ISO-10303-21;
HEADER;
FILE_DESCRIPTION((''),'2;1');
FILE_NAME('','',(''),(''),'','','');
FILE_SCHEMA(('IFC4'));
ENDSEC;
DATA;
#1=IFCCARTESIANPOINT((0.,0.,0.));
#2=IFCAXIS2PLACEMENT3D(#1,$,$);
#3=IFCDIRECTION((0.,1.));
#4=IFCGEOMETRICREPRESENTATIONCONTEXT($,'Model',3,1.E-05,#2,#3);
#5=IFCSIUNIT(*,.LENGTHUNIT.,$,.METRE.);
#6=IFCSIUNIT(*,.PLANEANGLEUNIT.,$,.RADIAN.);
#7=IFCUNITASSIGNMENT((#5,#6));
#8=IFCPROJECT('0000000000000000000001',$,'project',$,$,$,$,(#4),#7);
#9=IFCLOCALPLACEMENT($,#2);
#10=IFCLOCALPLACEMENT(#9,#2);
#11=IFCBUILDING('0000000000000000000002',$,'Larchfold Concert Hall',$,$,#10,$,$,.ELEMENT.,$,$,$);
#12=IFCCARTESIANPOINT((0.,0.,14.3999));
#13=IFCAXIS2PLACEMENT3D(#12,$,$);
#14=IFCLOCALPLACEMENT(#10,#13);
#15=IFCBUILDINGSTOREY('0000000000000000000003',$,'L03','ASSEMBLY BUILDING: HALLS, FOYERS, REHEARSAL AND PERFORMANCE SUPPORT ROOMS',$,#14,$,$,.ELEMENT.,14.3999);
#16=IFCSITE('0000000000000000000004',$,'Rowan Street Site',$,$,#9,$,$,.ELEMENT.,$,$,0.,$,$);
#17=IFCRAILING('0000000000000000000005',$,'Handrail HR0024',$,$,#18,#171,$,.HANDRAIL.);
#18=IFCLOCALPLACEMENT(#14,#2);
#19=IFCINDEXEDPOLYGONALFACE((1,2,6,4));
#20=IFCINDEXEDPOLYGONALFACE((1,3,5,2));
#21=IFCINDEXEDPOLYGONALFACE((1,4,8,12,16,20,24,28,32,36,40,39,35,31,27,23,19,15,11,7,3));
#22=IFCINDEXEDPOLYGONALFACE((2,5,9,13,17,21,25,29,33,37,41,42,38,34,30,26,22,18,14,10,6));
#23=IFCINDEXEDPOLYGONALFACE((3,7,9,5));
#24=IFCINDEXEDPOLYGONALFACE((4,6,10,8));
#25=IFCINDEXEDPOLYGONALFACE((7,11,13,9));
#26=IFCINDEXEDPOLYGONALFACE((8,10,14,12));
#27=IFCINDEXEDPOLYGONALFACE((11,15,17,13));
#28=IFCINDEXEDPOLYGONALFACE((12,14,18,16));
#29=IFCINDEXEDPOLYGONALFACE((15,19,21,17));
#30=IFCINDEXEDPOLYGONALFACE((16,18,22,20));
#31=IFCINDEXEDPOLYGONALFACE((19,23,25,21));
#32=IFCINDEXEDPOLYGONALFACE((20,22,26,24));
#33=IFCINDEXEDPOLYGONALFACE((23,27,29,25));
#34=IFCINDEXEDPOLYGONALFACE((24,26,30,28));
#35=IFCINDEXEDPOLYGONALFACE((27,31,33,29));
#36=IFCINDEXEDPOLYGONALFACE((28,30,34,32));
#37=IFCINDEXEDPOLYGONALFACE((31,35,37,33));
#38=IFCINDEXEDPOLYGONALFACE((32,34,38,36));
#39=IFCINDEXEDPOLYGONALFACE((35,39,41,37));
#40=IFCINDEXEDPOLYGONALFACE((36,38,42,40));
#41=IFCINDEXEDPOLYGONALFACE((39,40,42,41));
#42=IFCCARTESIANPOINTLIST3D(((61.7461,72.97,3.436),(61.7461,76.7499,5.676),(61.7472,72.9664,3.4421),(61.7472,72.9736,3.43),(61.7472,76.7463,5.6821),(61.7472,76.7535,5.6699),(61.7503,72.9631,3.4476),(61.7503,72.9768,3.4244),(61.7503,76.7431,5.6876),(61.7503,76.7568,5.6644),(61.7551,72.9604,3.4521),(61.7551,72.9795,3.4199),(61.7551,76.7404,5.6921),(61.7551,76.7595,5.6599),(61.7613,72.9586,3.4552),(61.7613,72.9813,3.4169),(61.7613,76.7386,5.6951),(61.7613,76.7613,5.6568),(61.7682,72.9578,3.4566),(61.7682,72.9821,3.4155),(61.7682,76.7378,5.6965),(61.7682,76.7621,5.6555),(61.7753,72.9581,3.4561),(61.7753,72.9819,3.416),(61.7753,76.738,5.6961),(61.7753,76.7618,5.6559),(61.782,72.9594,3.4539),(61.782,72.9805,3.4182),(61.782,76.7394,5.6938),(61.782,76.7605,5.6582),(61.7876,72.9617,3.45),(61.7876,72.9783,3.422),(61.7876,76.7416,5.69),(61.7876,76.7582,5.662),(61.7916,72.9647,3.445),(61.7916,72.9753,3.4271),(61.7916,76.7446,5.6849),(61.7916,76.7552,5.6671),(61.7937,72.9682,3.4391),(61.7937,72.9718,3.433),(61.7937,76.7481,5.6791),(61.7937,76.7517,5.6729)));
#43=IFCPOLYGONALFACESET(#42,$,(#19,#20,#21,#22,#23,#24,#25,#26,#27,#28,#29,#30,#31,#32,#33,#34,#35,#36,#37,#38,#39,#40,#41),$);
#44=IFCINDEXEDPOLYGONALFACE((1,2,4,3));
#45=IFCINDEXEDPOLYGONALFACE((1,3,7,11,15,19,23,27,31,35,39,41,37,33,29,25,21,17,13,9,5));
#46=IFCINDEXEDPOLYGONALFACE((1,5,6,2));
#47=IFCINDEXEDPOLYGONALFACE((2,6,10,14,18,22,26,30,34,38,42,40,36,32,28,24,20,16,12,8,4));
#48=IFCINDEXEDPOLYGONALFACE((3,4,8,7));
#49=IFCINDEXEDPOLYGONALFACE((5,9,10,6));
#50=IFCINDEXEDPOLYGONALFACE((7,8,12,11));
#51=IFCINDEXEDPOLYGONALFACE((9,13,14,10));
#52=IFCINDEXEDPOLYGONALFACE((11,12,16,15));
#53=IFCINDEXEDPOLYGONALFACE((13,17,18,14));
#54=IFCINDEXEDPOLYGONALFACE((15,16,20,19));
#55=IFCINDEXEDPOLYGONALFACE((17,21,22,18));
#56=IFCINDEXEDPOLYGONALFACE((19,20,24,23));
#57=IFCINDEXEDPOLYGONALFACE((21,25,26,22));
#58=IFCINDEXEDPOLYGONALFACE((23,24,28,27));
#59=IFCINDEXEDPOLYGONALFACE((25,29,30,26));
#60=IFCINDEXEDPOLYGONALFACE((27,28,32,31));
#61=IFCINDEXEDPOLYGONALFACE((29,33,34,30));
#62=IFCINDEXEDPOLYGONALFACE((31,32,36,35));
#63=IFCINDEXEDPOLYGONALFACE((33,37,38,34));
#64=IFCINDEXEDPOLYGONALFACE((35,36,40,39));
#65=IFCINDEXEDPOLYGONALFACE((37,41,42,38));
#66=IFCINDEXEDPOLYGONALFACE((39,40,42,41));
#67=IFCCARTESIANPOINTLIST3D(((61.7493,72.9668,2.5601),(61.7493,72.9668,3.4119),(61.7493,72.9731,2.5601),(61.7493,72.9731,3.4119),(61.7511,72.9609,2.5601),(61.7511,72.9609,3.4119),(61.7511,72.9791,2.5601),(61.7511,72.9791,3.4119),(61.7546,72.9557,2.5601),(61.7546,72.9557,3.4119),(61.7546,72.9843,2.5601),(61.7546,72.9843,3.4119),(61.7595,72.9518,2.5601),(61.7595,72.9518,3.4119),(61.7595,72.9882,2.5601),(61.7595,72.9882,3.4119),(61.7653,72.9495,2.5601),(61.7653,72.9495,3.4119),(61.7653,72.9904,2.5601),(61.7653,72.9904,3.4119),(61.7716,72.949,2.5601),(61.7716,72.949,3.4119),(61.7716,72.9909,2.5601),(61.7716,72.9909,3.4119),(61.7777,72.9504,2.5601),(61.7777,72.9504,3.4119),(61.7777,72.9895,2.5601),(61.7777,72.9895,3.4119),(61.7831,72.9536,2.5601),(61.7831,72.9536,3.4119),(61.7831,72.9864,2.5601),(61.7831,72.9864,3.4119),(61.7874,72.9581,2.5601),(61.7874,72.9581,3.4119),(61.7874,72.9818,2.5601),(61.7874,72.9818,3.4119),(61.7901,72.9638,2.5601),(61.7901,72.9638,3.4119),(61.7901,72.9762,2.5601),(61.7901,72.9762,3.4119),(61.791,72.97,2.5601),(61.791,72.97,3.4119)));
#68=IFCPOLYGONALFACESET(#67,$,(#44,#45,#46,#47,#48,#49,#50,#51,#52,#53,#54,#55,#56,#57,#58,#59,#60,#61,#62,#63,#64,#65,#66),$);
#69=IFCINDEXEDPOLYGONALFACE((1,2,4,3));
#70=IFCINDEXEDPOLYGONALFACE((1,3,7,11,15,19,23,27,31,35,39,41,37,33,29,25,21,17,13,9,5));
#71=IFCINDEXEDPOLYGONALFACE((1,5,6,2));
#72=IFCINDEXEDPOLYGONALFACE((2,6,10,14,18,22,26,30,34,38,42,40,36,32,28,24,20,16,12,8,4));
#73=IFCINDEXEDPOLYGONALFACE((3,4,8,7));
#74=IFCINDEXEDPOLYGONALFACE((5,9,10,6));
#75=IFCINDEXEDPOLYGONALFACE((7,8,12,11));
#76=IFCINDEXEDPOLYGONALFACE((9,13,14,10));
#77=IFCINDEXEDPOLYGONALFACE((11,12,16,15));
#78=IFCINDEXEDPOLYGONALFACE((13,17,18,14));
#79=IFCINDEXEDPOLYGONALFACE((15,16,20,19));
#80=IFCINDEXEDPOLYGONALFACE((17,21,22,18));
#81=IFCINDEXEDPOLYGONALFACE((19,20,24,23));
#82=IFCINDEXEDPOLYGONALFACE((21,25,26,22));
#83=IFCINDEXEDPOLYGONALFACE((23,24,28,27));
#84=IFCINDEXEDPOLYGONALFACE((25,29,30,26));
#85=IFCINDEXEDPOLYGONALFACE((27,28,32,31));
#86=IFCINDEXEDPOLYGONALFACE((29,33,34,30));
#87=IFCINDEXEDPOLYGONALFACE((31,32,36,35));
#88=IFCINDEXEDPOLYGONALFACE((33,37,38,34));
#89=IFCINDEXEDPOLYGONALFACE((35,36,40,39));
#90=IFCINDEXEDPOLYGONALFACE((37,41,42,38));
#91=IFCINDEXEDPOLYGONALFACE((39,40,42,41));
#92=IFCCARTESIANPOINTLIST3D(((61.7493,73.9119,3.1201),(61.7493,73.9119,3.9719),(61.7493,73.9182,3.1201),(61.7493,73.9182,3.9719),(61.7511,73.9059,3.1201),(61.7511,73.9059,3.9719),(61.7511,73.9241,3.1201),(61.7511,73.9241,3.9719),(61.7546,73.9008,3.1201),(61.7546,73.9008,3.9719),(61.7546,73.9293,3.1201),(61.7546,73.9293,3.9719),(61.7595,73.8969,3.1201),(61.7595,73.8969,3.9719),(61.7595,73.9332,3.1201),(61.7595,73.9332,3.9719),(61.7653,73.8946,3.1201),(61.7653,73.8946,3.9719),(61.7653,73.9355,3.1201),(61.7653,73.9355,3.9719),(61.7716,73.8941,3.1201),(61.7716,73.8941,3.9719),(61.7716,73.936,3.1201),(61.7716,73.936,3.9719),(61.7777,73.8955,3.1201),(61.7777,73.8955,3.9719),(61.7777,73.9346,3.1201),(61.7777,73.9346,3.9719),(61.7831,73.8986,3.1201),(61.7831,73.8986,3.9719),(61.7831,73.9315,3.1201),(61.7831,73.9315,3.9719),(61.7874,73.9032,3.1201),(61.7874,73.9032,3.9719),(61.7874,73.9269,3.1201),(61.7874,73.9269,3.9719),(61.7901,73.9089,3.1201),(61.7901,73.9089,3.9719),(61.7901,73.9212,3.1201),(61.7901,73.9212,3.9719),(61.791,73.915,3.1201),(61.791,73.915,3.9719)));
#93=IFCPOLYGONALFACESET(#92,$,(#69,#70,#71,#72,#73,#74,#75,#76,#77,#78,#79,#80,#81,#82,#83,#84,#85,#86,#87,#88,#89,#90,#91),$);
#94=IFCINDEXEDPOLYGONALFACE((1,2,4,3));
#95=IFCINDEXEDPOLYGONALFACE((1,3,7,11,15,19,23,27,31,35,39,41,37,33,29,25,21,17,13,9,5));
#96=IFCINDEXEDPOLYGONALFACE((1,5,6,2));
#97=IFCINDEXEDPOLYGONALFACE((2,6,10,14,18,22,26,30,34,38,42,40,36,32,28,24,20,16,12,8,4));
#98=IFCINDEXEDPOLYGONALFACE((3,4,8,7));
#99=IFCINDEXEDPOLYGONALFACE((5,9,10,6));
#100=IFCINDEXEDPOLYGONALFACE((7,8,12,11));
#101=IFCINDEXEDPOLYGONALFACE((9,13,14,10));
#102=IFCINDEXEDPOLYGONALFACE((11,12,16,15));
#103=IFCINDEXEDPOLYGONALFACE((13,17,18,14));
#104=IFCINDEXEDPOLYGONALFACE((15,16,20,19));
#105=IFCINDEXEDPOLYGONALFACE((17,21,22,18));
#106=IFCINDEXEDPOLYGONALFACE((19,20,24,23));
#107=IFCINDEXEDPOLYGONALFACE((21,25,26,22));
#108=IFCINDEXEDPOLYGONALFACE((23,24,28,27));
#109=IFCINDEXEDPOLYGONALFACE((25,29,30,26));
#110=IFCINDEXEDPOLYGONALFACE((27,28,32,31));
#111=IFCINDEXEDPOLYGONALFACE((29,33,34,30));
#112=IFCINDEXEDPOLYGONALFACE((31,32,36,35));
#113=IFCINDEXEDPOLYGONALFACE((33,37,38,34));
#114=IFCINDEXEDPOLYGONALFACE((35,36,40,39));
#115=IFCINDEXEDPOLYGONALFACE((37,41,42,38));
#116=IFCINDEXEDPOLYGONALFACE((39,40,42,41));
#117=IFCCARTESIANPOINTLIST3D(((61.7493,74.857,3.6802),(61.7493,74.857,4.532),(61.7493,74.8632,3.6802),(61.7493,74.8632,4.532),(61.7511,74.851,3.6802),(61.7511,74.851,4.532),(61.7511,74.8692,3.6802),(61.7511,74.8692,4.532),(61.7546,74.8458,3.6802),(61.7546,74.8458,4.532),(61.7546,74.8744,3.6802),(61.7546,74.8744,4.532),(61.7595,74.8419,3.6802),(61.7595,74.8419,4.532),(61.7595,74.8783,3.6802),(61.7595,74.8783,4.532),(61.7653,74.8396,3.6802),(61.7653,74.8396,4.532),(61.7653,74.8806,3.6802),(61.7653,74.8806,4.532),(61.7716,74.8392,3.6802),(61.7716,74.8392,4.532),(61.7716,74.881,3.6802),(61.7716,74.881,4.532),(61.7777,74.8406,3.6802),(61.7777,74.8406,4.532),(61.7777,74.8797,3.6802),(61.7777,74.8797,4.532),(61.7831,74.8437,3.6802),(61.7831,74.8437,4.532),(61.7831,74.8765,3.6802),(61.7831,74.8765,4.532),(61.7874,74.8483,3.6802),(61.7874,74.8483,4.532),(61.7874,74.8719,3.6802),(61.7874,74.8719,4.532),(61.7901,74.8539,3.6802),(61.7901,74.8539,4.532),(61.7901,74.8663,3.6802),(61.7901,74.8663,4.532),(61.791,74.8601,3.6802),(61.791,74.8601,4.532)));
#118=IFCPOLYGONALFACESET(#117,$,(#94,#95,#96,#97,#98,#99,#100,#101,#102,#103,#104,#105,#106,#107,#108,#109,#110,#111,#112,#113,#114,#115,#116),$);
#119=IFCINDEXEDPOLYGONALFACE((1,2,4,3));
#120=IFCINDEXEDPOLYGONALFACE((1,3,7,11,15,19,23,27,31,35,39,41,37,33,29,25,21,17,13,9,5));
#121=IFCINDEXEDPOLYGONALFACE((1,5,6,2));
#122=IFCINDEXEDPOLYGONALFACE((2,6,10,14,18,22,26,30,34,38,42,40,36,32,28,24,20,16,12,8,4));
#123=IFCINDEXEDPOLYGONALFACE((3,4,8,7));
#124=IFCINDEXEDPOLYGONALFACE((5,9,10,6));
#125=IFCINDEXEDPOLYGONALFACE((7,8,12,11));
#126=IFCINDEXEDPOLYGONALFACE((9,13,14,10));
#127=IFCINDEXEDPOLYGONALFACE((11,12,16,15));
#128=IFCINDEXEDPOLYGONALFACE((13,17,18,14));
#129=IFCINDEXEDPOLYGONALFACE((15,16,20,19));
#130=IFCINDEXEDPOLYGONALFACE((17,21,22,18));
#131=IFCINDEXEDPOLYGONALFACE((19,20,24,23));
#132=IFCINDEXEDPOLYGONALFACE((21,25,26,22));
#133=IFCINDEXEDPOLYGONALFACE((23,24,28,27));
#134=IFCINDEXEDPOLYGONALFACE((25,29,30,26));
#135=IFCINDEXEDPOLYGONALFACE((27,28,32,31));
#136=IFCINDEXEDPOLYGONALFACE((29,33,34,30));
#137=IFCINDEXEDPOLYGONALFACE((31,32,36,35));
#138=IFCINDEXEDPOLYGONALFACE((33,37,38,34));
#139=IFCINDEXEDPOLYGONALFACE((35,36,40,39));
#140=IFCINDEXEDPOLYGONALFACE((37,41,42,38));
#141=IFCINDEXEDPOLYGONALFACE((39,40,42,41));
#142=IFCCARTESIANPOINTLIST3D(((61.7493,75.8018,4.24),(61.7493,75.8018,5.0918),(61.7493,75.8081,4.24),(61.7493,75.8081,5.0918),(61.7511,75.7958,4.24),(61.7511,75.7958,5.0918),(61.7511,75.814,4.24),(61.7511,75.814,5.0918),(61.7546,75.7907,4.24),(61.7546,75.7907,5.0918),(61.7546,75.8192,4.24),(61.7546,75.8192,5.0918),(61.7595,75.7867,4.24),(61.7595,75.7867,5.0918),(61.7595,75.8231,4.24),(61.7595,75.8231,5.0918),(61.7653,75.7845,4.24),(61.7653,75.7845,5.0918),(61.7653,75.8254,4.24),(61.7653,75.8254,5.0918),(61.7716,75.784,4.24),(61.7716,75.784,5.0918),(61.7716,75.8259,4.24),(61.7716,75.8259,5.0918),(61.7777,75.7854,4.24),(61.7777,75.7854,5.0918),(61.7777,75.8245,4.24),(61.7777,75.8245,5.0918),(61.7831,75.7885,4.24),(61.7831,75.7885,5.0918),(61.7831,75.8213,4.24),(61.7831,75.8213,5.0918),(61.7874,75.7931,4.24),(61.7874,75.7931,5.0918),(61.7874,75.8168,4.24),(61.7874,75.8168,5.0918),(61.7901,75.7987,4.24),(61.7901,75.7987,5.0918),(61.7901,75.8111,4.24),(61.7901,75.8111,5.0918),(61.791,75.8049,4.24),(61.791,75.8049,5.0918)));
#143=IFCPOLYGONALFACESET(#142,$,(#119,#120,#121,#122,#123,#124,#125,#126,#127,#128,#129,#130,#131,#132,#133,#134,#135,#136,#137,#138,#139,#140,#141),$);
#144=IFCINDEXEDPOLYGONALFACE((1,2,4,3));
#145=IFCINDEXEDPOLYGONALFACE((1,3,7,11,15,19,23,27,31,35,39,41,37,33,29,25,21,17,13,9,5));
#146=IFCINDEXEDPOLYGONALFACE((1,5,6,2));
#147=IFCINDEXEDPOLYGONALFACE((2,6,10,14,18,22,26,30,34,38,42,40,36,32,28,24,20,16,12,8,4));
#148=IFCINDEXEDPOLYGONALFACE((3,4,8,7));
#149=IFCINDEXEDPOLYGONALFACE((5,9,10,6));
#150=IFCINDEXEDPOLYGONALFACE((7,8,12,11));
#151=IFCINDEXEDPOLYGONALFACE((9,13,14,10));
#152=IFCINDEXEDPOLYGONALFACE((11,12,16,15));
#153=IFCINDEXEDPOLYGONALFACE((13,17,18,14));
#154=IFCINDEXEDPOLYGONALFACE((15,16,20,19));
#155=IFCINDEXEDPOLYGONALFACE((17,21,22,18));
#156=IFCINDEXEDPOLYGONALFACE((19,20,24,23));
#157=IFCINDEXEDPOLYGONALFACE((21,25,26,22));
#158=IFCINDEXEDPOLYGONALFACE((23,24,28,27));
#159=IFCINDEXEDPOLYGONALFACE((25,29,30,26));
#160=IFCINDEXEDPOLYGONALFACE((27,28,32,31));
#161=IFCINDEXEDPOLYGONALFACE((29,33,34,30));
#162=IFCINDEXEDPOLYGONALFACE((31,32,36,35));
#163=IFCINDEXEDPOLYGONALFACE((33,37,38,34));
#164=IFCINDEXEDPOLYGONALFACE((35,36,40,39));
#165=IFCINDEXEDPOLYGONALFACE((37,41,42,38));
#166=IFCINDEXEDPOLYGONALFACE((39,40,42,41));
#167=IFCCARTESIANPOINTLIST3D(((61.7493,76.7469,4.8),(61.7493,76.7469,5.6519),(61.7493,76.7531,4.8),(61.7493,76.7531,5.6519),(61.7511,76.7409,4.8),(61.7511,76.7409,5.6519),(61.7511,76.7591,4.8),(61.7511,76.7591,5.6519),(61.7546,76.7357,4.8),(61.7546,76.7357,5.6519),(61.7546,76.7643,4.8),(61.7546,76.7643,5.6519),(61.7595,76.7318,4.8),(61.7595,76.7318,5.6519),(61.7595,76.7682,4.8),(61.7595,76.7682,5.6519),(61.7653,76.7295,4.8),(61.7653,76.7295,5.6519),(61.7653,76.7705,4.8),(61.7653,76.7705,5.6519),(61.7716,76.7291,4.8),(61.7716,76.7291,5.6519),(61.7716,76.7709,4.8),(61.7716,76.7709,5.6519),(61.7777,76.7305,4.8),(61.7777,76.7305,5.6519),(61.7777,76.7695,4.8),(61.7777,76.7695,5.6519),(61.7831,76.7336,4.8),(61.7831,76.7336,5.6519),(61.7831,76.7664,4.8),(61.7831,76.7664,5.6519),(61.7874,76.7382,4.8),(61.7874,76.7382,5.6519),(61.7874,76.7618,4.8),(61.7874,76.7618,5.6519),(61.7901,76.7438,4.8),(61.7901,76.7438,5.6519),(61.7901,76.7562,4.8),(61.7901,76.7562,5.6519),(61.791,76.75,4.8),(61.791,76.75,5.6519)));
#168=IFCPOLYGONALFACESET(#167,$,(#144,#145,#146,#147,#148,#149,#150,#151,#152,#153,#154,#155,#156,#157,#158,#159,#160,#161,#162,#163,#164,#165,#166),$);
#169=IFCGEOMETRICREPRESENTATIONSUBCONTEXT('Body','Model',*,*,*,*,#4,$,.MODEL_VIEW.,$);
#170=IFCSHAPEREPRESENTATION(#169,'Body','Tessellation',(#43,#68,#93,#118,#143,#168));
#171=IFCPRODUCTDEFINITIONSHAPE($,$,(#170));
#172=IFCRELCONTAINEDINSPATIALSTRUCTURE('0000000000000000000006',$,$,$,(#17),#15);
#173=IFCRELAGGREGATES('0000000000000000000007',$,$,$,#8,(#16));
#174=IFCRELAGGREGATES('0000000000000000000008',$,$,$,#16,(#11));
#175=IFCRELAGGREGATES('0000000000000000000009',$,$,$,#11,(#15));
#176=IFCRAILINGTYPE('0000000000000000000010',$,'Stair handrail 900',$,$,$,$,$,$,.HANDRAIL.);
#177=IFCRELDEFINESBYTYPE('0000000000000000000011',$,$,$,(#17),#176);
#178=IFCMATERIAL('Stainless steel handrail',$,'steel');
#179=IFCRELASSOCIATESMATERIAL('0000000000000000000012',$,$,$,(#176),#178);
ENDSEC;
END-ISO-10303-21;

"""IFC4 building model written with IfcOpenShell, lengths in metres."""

from ifc_helpers import new_model, si_unit, direction, frame, origin, origin_2d, place, context, subcontext, project, spatial, circle, extrude, material, type_object, element, save


model = new_model("IFC4")

# Units and contexts
model_context = context("Model", 3, precision=1e-05, world=origin(), true_north=direction((0.0, 1.0)))
body_context = subcontext(model_context, "Body", "Model", "MODEL_VIEW")
ifc_project = project(units=[si_unit("LENGTHUNIT", "METRE"), si_unit("PLANEANGLEUNIT", "RADIAN")], contexts=[model_context])

# Site, building, storey
site_placement = place(None, origin())
site = spatial("IfcSite", under=ifc_project, at=site_placement, Name="Rowan Street Site", CompositionType="ELEMENT", RefElevation=0.0)
building_placement = place(site_placement, origin())
building = spatial("IfcBuilding", under=site, at=building_placement, Name="Larchfold Concert Hall", CompositionType="ELEMENT")
storey_placement = place(building_placement, frame((0.0, 0.0, 14.3999)))
storey = spatial("IfcBuildingStorey", under=building, at=storey_placement, Name="L03", Description="ASSEMBLY BUILDING: HALLS, FOYERS, REHEARSAL AND PERFORMANCE SUPPORT ROOMS", CompositionType="ELEMENT", Elevation=14.3999)

# Railing
ifc_material_1 = material(Name="Stainless steel handrail", Category="steel")
railing_type_1 = type_object("IfcRailingType", Name="Stair handrail 900", PredefinedType="HANDRAIL", material=ifc_material_1)
railing_1_placement = place(storey_placement, frame((61.77, 72.97, 2.5601)))
element("IfcRailing", 1, at=railing_1_placement, inside=storey, type_object=railing_type_1, Name="Handrail HR0024", PredefinedType="HANDRAIL", context=body_context, shape_type="SweptSolid", body=[
    extrude(circle(Radius=0.0239, at=origin_2d()), frame((0.0, 0.0, 0.876), z_axis=(0.0, 0.860294, 0.509798), x_axis=(-1.0, 0.0, 0.0)), (0.0, 0.0, 1.0), 4.3938),
    extrude(circle(Radius=0.021, at=origin_2d()), origin(), (0.0, 0.0, 1.0), 0.8518),
    extrude(circle(Radius=0.021, at=origin_2d()), frame((0.0, 0.9451, 0.5601)), (0.0, 0.0, 1.0), 0.8518),
    extrude(circle(Radius=0.021, at=origin_2d()), frame((0.0, 1.8901, 1.1201)), (0.0, 0.0, 1.0), 0.8518),
    extrude(circle(Radius=0.021, at=origin_2d()), frame((0.0, 2.835, 1.6799)), (0.0, 0.0, 1.0), 0.8518),
    extrude(circle(Radius=0.021, at=origin_2d()), frame((0.0, 3.78, 2.24)), (0.0, 0.0, 1.0), 0.8518),
])

save(model, "model.ifc")
